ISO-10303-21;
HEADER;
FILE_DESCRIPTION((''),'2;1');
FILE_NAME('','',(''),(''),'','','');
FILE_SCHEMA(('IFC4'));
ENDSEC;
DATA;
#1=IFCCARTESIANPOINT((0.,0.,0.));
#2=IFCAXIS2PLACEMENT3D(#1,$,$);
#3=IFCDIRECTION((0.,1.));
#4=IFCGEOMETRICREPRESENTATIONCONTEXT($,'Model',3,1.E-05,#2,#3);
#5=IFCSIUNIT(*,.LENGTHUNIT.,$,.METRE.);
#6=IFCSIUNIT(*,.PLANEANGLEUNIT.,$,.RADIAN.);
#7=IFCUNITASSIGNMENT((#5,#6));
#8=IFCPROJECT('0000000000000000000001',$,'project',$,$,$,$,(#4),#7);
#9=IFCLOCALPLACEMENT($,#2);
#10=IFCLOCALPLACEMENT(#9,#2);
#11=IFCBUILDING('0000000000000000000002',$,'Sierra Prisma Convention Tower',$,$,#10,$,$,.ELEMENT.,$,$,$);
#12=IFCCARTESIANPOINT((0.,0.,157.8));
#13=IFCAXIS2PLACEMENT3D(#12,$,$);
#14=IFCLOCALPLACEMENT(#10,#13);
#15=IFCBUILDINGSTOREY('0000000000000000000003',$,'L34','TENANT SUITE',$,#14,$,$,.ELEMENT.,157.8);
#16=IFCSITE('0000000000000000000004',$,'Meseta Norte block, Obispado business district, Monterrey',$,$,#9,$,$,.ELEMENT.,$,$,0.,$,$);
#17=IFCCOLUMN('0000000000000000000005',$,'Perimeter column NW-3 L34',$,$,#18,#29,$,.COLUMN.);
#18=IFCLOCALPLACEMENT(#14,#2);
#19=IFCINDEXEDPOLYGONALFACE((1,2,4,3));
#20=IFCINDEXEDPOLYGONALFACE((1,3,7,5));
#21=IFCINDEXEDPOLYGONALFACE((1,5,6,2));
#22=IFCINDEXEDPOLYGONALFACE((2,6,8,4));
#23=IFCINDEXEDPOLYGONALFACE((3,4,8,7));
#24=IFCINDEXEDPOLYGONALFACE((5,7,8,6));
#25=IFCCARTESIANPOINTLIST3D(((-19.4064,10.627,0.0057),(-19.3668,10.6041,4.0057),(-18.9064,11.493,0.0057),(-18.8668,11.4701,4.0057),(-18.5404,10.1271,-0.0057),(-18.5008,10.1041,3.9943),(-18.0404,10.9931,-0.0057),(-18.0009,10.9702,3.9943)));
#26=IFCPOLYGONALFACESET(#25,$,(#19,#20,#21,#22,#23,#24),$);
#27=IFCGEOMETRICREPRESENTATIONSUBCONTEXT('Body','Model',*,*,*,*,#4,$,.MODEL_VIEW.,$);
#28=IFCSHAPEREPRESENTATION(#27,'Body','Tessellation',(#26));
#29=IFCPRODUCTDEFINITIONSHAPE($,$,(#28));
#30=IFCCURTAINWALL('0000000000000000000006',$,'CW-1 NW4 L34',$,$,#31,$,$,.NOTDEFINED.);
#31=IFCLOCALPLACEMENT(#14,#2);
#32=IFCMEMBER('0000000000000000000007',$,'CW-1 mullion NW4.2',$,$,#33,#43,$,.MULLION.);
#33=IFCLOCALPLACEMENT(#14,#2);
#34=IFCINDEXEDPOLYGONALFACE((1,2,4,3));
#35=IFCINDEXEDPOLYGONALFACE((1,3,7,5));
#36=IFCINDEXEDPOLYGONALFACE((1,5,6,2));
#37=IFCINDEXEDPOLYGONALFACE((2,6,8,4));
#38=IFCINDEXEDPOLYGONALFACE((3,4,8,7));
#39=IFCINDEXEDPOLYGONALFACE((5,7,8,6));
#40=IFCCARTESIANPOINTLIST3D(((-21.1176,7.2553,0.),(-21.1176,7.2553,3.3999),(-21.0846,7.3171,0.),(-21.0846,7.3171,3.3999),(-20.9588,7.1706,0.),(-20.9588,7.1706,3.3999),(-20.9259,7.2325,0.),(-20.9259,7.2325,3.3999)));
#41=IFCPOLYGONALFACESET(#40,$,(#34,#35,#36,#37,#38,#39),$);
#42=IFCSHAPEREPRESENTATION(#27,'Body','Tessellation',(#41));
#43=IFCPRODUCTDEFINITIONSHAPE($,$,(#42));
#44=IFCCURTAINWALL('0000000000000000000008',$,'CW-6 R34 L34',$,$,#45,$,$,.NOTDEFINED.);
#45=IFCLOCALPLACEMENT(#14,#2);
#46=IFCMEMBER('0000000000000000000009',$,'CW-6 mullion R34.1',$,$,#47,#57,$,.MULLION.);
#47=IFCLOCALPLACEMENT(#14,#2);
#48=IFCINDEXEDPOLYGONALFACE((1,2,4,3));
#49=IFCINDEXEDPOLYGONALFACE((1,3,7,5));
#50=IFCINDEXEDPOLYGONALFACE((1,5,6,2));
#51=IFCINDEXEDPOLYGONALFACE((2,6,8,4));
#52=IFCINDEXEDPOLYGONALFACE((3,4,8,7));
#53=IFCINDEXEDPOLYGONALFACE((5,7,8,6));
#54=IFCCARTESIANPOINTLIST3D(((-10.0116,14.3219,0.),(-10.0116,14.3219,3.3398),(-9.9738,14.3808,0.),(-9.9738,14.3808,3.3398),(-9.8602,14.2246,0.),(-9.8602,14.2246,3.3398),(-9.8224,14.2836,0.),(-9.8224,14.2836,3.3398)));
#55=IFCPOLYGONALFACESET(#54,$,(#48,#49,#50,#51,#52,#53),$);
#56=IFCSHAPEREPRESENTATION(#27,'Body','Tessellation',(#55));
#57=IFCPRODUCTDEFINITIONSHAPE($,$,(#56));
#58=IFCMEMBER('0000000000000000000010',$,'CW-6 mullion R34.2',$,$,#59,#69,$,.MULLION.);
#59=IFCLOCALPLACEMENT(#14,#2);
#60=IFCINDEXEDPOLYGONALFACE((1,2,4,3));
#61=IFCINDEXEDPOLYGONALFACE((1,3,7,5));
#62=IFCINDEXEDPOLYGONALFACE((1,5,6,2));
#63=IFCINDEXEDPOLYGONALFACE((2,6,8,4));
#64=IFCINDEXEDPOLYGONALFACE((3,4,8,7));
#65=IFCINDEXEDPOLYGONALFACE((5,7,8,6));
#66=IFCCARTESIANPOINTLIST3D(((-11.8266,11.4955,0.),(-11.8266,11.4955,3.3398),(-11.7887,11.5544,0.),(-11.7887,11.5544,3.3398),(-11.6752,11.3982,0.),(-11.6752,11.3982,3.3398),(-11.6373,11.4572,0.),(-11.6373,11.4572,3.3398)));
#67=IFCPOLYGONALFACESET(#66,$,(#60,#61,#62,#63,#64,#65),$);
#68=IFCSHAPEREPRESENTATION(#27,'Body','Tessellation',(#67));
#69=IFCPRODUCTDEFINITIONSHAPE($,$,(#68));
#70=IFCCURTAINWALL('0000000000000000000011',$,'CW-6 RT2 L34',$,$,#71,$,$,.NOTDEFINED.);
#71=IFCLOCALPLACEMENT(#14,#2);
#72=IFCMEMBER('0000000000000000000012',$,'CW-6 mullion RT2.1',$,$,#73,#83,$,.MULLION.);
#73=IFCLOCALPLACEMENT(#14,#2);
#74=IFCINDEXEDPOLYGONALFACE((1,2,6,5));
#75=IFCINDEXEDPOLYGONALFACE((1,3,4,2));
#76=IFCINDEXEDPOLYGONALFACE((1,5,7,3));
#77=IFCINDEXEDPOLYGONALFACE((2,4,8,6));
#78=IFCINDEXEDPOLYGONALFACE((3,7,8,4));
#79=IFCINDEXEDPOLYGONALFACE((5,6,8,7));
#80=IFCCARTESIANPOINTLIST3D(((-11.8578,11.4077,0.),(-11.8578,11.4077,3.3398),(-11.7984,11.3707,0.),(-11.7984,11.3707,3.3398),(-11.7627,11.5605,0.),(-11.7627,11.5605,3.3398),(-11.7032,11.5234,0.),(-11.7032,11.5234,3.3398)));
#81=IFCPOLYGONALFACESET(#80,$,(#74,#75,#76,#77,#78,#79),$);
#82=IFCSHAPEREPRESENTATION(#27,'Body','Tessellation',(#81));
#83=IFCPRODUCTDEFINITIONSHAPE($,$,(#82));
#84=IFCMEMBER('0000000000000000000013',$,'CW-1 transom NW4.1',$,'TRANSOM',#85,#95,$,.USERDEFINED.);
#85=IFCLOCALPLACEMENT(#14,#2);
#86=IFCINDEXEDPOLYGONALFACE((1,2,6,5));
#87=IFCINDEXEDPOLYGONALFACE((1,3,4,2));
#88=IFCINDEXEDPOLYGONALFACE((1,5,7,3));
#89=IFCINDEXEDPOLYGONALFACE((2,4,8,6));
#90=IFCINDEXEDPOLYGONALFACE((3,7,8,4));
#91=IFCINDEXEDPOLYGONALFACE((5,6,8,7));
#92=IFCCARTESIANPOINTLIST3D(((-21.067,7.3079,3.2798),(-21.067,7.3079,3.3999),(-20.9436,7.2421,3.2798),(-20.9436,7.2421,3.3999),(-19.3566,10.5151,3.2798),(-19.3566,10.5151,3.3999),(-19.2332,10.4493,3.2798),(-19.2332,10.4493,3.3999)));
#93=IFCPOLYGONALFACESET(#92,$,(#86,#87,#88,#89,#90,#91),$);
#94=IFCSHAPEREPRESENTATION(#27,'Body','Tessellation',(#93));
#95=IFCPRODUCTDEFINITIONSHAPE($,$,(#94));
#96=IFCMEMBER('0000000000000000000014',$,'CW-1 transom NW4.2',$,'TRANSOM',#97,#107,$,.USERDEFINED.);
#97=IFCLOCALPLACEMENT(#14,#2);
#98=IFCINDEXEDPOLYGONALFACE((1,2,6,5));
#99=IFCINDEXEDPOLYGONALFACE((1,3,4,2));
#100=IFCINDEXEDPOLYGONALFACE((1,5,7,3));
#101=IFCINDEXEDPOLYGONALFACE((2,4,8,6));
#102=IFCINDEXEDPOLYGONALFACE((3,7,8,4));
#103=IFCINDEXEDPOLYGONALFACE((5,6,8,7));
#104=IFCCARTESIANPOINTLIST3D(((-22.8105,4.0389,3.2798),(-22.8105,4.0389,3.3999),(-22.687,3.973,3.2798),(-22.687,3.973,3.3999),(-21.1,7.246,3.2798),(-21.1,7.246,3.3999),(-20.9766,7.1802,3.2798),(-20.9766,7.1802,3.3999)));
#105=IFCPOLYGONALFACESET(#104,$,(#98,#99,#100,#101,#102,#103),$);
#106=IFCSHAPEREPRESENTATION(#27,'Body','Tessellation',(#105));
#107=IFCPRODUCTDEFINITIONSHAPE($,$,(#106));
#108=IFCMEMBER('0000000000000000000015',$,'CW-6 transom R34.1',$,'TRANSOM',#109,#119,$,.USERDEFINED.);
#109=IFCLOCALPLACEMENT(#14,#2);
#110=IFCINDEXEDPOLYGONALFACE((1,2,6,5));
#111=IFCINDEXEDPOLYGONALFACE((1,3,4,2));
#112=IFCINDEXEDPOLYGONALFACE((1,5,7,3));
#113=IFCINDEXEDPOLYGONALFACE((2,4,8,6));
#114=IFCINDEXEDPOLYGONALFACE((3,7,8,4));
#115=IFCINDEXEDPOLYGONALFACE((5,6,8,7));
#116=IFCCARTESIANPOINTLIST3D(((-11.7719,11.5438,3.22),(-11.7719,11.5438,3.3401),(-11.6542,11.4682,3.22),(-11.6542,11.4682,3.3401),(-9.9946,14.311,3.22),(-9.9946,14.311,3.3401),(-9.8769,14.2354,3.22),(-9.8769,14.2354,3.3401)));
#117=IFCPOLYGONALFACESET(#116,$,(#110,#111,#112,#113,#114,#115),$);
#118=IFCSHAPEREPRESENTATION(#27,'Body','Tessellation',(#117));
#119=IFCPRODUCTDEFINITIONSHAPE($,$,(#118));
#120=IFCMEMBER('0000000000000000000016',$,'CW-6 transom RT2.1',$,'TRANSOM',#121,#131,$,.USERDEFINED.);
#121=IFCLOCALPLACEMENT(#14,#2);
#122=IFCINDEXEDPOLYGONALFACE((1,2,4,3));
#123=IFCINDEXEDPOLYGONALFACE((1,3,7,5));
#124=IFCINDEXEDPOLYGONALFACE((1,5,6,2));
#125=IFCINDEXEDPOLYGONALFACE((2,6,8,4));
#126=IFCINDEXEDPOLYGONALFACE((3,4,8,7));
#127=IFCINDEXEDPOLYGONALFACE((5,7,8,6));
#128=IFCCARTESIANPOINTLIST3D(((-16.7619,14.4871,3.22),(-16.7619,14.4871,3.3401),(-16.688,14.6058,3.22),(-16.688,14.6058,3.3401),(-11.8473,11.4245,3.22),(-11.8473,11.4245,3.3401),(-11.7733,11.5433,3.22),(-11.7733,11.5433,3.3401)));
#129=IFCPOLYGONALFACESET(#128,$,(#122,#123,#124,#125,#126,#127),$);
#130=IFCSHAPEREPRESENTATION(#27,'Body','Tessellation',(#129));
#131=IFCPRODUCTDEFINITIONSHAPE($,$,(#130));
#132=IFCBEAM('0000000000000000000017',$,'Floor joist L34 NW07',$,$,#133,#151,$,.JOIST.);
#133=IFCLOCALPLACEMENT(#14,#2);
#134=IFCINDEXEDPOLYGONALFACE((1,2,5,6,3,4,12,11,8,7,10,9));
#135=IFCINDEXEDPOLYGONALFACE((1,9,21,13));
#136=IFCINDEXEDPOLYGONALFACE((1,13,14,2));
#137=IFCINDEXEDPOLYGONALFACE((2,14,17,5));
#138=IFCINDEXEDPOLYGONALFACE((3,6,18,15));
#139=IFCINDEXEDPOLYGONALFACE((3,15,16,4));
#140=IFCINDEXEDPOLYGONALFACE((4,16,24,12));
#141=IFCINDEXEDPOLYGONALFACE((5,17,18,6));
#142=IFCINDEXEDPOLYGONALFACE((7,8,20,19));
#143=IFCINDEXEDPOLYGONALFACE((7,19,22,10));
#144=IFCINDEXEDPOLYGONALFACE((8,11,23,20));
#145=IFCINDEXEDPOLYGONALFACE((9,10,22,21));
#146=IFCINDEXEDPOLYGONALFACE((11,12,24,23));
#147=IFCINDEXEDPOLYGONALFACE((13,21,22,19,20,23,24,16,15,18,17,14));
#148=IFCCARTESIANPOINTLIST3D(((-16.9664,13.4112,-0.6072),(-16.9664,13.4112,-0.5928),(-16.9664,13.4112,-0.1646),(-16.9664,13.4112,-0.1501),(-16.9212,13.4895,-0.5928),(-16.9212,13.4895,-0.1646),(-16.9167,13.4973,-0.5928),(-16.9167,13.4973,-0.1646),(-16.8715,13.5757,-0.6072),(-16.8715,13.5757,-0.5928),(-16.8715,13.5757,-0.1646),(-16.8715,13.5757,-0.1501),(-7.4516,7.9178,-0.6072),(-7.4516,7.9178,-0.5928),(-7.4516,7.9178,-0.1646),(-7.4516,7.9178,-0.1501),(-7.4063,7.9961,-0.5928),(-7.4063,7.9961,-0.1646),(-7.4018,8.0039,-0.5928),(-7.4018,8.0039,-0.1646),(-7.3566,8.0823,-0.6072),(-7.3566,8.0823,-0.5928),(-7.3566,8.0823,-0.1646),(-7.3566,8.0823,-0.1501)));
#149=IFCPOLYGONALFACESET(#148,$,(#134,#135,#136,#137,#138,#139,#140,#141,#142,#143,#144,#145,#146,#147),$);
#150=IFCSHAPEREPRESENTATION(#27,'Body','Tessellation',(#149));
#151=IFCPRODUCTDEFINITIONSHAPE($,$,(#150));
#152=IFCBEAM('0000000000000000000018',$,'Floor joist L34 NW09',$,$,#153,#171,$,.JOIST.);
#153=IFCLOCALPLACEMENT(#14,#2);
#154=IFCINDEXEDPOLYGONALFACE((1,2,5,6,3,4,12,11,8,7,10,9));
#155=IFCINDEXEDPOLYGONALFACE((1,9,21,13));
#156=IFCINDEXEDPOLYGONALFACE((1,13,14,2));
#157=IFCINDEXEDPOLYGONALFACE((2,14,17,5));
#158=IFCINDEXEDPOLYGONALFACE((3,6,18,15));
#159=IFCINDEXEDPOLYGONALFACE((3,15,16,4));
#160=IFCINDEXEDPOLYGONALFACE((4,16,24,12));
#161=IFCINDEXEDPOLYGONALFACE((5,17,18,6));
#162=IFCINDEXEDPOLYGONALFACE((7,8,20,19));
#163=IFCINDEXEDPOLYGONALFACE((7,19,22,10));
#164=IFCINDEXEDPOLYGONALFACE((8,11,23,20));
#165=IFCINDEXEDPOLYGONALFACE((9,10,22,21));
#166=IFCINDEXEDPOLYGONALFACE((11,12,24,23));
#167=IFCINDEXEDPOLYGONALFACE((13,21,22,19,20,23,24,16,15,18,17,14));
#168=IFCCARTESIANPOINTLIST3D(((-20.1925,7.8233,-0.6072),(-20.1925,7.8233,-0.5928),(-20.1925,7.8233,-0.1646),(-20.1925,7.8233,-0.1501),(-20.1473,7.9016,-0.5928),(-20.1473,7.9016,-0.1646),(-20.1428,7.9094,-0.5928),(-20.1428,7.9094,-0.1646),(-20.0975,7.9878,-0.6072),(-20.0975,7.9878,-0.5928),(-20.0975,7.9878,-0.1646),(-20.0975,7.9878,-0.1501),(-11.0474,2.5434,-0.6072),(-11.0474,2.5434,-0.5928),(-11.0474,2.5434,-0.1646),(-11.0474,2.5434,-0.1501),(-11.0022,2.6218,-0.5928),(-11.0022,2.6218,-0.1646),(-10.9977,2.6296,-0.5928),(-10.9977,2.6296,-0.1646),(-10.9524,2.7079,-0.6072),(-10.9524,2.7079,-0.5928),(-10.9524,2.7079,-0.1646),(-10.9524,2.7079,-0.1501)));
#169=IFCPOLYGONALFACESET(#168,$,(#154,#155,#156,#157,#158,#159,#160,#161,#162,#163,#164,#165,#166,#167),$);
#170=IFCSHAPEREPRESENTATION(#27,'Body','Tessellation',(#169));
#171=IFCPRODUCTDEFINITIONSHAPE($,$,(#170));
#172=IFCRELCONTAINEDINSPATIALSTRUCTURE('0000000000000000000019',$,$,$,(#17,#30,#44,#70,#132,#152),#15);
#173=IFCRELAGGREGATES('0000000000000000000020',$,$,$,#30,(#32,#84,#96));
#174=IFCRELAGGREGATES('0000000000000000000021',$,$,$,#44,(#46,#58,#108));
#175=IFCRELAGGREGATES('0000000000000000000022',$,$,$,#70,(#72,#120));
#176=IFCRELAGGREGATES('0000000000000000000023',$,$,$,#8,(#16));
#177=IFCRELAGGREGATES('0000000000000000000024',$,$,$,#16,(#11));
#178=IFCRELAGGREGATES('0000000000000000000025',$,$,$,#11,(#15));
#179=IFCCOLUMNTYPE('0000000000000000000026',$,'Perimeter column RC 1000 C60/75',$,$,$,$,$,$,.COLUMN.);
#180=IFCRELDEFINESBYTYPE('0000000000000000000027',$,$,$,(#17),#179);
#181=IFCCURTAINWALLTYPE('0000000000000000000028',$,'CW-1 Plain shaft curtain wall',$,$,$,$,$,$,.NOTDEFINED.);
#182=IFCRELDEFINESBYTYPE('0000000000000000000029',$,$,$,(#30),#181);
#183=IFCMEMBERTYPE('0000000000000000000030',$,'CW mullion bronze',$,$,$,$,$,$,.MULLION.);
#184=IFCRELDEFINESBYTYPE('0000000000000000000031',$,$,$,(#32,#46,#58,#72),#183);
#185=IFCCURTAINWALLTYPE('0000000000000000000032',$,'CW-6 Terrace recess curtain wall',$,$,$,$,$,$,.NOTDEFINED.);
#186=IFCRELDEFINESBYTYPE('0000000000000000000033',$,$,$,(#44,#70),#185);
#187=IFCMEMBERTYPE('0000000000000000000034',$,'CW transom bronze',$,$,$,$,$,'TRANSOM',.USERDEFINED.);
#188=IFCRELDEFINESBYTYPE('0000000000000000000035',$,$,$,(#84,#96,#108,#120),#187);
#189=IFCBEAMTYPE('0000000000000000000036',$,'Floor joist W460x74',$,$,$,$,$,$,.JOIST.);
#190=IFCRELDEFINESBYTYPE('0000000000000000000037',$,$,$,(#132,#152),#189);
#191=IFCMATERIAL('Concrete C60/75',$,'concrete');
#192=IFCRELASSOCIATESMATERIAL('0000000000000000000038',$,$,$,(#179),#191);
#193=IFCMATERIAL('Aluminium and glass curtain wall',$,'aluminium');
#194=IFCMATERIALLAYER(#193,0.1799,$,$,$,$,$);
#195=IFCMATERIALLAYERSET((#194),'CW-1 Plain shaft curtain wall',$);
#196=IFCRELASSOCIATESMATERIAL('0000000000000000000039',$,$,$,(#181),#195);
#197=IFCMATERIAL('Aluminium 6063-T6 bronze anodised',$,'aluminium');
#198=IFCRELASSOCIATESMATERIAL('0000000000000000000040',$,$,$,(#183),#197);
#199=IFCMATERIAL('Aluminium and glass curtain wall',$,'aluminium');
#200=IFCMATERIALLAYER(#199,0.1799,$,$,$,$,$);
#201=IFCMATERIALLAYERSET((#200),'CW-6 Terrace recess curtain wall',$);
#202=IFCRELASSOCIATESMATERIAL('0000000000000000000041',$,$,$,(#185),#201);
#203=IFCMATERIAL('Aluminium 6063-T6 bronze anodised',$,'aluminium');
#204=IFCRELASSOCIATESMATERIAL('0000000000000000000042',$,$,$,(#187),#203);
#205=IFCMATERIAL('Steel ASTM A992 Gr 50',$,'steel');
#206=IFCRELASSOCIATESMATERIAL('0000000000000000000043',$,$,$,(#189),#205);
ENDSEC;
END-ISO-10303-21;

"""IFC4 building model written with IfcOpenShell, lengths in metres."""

from ifc_helpers import new_model, si_unit, direction, frame, origin, origin_2d, place, context, subcontext, project, spatial, rectangle, i_section, extrude, material, layer, layer_set, material_profile, profile_set, type_object, element, aggregate, save


model = new_model("IFC4")

# Units and contexts
model_context = context("Model", 3, precision=1e-05, world=origin(), true_north=direction((0.0, 1.0)))
body_context = subcontext(model_context, "Body", "Model", "MODEL_VIEW")
ifc_project = project(units=[si_unit("LENGTHUNIT", "METRE"), si_unit("PLANEANGLEUNIT", "RADIAN")], contexts=[model_context])

# Site, building, storey
site_placement = place(None, origin())
site = spatial("IfcSite", under=ifc_project, at=site_placement, Name="Meseta Norte block, Obispado business district, Monterrey", CompositionType="ELEMENT", RefElevation=0.0)
building_placement = place(site_placement, origin())
building = spatial("IfcBuilding", under=site, at=building_placement, Name="Sierra Prisma Convention Tower", CompositionType="ELEMENT")
storey_placement = place(building_placement, frame((0.0, 0.0, 157.8)))
storey = spatial("IfcBuildingStorey", under=building, at=storey_placement, Name="L34", Description="TENANT SUITE", CompositionType="ELEMENT", Elevation=157.8)

# Column
ifc_material_1 = material(Name="Concrete C60/75", Category="concrete")
ifc_material_profile_1 = material_profile(ifc_material_1, rectangle(XDim=1.0, YDim=1.0, at=origin_2d()), Name="Perimeter column RC 1000 C60/75")
ifc_profile_set_1 = profile_set([ifc_material_profile_1], Name="Concrete C60/75")
column_type = type_object("IfcColumnType", Name="Perimeter column RC 1000 C60/75", PredefinedType="COLUMN", material=ifc_profile_set_1)
column_placement = place(storey_placement, frame((-18.7234, 10.8101, 0.0), z_axis=(0.009887, -0.005737, 0.999935), x_axis=(0.499976, 0.86604, 0.000025)))
element("IfcColumn", 1, at=column_placement, inside=storey, type_object=column_type, Name="Perimeter column NW-3 L34", PredefinedType="COLUMN", context=body_context, shape_type="SweptSolid", body=[
    extrude(rectangle(XDim=1.0, YDim=1.0, at=origin_2d()), origin(), (0.0, 0.0, 1.0), 4.0002),
])

# Curtain wall, member
ifc_material_2 = material(Name="Aluminium and glass curtain wall", Category="aluminium")
ifc_layer_1 = layer(ifc_material_2, 0.1799)
ifc_layer_set_1 = layer_set([ifc_layer_1], Name="CW-1 Plain shaft curtain wall")
curtain_wall_type_1 = type_object("IfcCurtainWallType", Name="CW-1 Plain shaft curtain wall", PredefinedType="NOTDEFINED", material=ifc_layer_set_1)
curtain_wall_1_placement = place(storey_placement, origin())
curtain_wall_1 = element("IfcCurtainWall", 2, at=curtain_wall_1_placement, inside=storey, type_object=curtain_wall_type_1, Name="CW-1 NW4 L34", PredefinedType="NOTDEFINED")
ifc_material_3 = material(Name="Aluminium 6063-T6 bronze anodised", Category="aluminium")
ifc_material_profile_2 = material_profile(ifc_material_3, rectangle(XDim=0.1799, YDim=0.0701, at=origin_2d()), Name="ALU MULLION 70x180")
ifc_profile_set_2 = profile_set([ifc_material_profile_2], Name="Aluminium 6063-T6 bronze anodised")
member_type_1 = type_object("IfcMemberType", Name="CW mullion bronze", PredefinedType="MULLION", material=ifc_profile_set_2)
member_1_placement = place(storey_placement, frame((-21.0217, 7.2439, 0.0), z_axis=(0.0, 0.0, 1.0), x_axis=(0.882353, -0.470588, 0.0)))
member_1 = element("IfcMember", 3, at=member_1_placement, type_object=member_type_1, Name="CW-1 mullion NW4.2", PredefinedType="MULLION", context=body_context, shape_type="SweptSolid", body=[
    extrude(rectangle(XDim=0.1799, YDim=0.0701, at=origin_2d()), origin(), (0.0, 0.0, 1.0), 3.3999),
])

# Curtain wall, members
ifc_material_4 = material(Name="Aluminium and glass curtain wall", Category="aluminium")
ifc_layer_2 = layer(ifc_material_4, 0.1799)
ifc_layer_set_2 = layer_set([ifc_layer_2], Name="CW-6 Terrace recess curtain wall")
curtain_wall_type_2 = type_object("IfcCurtainWallType", Name="CW-6 Terrace recess curtain wall", PredefinedType="NOTDEFINED", material=ifc_layer_set_2)
curtain_wall_2_placement = place(storey_placement, origin())
curtain_wall_2 = element("IfcCurtainWall", 4, at=curtain_wall_2_placement, inside=storey, type_object=curtain_wall_type_2, Name="CW-6 R34 L34", PredefinedType="NOTDEFINED")
member_2_placement = place(storey_placement, frame((-9.917, 14.3027, 0.0), z_axis=(0.0, 0.0, 1.0), x_axis=(0.841431, -0.540365, 0.0)))
member_2 = element("IfcMember", 5, at=member_2_placement, type_object=member_type_1, Name="CW-6 mullion R34.1", PredefinedType="MULLION", context=body_context, shape_type="SweptSolid", body=[
    extrude(rectangle(XDim=0.1799, YDim=0.0701, at=origin_2d()), origin(), (0.0, 0.0, 1.0), 3.3398),
])
member_3_placement = place(storey_placement, frame((-11.7319, 11.4763, 0.0), z_axis=(0.0, 0.0, 1.0), x_axis=(0.841431, -0.540365, 0.0)))
member_3 = element("IfcMember", 6, at=member_3_placement, type_object=member_type_1, Name="CW-6 mullion R34.2", PredefinedType="MULLION", context=body_context, shape_type="SweptSolid", body=[
    extrude(rectangle(XDim=0.1799, YDim=0.0701, at=origin_2d()), origin(), (0.0, 0.0, 1.0), 3.3398),
])

# Curtain wall, member
curtain_wall_3_placement = place(storey_placement, origin())
curtain_wall_3 = element("IfcCurtainWall", 7, at=curtain_wall_3_placement, inside=storey, type_object=curtain_wall_type_2, Name="CW-6 RT2 L34", PredefinedType="NOTDEFINED")
member_4_placement = place(storey_placement, frame((-11.7805, 11.4656, 0.0), z_axis=(0.0, 0.0, 1.0), x_axis=(-0.528847, -0.848717, 0.0)))
member_4 = element("IfcMember", 8, at=member_4_placement, type_object=member_type_1, Name="CW-6 mullion RT2.1", PredefinedType="MULLION", context=body_context, shape_type="SweptSolid", body=[
    extrude(rectangle(XDim=0.1799, YDim=0.0701, at=origin_2d()), origin(), (0.0, 0.0, 1.0), 3.3398),
])

# Members
ifc_material_5 = material(Name="Aluminium 6063-T6 bronze anodised", Category="aluminium")
ifc_material_profile_3 = material_profile(ifc_material_5, rectangle(XDim=0.1399, YDim=0.1201, at=origin_2d()), Name="ALU TRANSOM 120x140")
ifc_profile_set_3 = profile_set([ifc_material_profile_3], Name="Aluminium 6063-T6 bronze anodised")
member_type_2 = type_object("IfcMemberType", Name="CW transom bronze", ElementType="TRANSOM", PredefinedType="USERDEFINED", material=ifc_profile_set_3)
member_5_placement = place(storey_placement, frame((-19.2949, 10.4822, 3.3398), z_axis=(-0.470567, -0.882364, 0.0), x_axis=(0.882364, -0.470567, 0.0)))
member_5 = element("IfcMember", 9, at=member_5_placement, type_object=member_type_2, Name="CW-1 transom NW4.1", ObjectType="TRANSOM", PredefinedType="USERDEFINED", context=body_context, shape_type="SweptSolid", body=[
    extrude(rectangle(XDim=0.1399, YDim=0.1201, at=origin_2d()), origin(), (0.0, 0.0, 1.0), 3.6348),
])
member_6_placement = place(storey_placement, frame((-21.0383, 7.2131, 3.3398), z_axis=(-0.470567, -0.882364, 0.0), x_axis=(0.882364, -0.470567, 0.0)))
member_6 = element("IfcMember", 10, at=member_6_placement, type_object=member_type_2, Name="CW-1 transom NW4.2", ObjectType="TRANSOM", PredefinedType="USERDEFINED", context=body_context, shape_type="SweptSolid", body=[
    extrude(rectangle(XDim=0.1399, YDim=0.1201, at=origin_2d()), origin(), (0.0, 0.0, 1.0), 3.6348),
])
member_7_placement = place(storey_placement, frame((-9.9358, 14.2732, 3.28), z_axis=(-0.540401, -0.841408, 0.0), x_axis=(0.841408, -0.540401, 0.0)))
member_7 = element("IfcMember", 11, at=member_7_placement, type_object=member_type_2, Name="CW-6 transom R34.1", ObjectType="TRANSOM", PredefinedType="USERDEFINED", context=body_context, shape_type="SweptSolid", body=[
    extrude(rectangle(XDim=0.1399, YDim=0.1201, at=origin_2d()), origin(), (0.0, 0.0, 1.0), 3.2888),
])
member_8_placement = place(storey_placement, frame((-11.8103, 11.4839, 3.28), z_axis=(-0.848703, 0.528869, 0.0), x_axis=(-0.528869, -0.848703, 0.0)))
member_8 = element("IfcMember", 12, at=member_8_placement, type_object=member_type_2, Name="CW-6 transom RT2.1", ObjectType="TRANSOM", PredefinedType="USERDEFINED", context=body_context, shape_type="SweptSolid", body=[
    extrude(rectangle(XDim=0.1399, YDim=0.1201, at=origin_2d()), origin(), (0.0, 0.0, 1.0), 5.7908),
])

# Beams
ifc_material_6 = material(Name="Steel ASTM A992 Gr 50", Category="steel")
ifc_material_profile_4 = material_profile(ifc_material_6, i_section(OverallWidth=0.1899, OverallDepth=0.457, WebThickness=0.009, FlangeThickness=0.0144, at=origin_2d()), Name="W460x74")
ifc_profile_set_4 = profile_set([ifc_material_profile_4], Name="Steel ASTM A992 Gr 50")
beam_type_1 = type_object("IfcBeamType", Name="Floor joist W460x74", PredefinedType="JOIST", material=ifc_profile_set_4)
beam_1_placement = place(storey_placement, frame((-16.9189, 13.4934, -0.3787), z_axis=(0.866026, -0.499999, 0.0), x_axis=(0.499999, 0.866026, 0.0)))
element("IfcBeam", 13, at=beam_1_placement, inside=storey, type_object=beam_type_1, Name="Floor joist L34 NW07", PredefinedType="JOIST", context=body_context, shape_type="SweptSolid", body=[
    extrude(i_section(OverallWidth=0.1899, OverallDepth=0.457, WebThickness=0.009, FlangeThickness=0.0144, at=origin_2d()), origin(), (0.0, 0.0, 1.0), 10.9868),
])
beam_2_placement = place(storey_placement, frame((-20.145, 7.9055, -0.3787), z_axis=(0.866029, -0.499993, 0.0), x_axis=(0.499993, 0.866029, 0.0)))
element("IfcBeam", 14, at=beam_2_placement, inside=storey, type_object=beam_type_1, Name="Floor joist L34 NW09", PredefinedType="JOIST", context=body_context, shape_type="SweptSolid", body=[
    extrude(i_section(OverallWidth=0.1899, OverallDepth=0.457, WebThickness=0.009, FlangeThickness=0.0144, at=origin_2d()), origin(), (0.0, 0.0, 1.0), 10.5598),
])

aggregate(curtain_wall_1, [member_1, member_5, member_6])
aggregate(curtain_wall_2, [member_2, member_3, member_7])
aggregate(curtain_wall_3, [member_4, member_8])

save(model, "model.ifc")
